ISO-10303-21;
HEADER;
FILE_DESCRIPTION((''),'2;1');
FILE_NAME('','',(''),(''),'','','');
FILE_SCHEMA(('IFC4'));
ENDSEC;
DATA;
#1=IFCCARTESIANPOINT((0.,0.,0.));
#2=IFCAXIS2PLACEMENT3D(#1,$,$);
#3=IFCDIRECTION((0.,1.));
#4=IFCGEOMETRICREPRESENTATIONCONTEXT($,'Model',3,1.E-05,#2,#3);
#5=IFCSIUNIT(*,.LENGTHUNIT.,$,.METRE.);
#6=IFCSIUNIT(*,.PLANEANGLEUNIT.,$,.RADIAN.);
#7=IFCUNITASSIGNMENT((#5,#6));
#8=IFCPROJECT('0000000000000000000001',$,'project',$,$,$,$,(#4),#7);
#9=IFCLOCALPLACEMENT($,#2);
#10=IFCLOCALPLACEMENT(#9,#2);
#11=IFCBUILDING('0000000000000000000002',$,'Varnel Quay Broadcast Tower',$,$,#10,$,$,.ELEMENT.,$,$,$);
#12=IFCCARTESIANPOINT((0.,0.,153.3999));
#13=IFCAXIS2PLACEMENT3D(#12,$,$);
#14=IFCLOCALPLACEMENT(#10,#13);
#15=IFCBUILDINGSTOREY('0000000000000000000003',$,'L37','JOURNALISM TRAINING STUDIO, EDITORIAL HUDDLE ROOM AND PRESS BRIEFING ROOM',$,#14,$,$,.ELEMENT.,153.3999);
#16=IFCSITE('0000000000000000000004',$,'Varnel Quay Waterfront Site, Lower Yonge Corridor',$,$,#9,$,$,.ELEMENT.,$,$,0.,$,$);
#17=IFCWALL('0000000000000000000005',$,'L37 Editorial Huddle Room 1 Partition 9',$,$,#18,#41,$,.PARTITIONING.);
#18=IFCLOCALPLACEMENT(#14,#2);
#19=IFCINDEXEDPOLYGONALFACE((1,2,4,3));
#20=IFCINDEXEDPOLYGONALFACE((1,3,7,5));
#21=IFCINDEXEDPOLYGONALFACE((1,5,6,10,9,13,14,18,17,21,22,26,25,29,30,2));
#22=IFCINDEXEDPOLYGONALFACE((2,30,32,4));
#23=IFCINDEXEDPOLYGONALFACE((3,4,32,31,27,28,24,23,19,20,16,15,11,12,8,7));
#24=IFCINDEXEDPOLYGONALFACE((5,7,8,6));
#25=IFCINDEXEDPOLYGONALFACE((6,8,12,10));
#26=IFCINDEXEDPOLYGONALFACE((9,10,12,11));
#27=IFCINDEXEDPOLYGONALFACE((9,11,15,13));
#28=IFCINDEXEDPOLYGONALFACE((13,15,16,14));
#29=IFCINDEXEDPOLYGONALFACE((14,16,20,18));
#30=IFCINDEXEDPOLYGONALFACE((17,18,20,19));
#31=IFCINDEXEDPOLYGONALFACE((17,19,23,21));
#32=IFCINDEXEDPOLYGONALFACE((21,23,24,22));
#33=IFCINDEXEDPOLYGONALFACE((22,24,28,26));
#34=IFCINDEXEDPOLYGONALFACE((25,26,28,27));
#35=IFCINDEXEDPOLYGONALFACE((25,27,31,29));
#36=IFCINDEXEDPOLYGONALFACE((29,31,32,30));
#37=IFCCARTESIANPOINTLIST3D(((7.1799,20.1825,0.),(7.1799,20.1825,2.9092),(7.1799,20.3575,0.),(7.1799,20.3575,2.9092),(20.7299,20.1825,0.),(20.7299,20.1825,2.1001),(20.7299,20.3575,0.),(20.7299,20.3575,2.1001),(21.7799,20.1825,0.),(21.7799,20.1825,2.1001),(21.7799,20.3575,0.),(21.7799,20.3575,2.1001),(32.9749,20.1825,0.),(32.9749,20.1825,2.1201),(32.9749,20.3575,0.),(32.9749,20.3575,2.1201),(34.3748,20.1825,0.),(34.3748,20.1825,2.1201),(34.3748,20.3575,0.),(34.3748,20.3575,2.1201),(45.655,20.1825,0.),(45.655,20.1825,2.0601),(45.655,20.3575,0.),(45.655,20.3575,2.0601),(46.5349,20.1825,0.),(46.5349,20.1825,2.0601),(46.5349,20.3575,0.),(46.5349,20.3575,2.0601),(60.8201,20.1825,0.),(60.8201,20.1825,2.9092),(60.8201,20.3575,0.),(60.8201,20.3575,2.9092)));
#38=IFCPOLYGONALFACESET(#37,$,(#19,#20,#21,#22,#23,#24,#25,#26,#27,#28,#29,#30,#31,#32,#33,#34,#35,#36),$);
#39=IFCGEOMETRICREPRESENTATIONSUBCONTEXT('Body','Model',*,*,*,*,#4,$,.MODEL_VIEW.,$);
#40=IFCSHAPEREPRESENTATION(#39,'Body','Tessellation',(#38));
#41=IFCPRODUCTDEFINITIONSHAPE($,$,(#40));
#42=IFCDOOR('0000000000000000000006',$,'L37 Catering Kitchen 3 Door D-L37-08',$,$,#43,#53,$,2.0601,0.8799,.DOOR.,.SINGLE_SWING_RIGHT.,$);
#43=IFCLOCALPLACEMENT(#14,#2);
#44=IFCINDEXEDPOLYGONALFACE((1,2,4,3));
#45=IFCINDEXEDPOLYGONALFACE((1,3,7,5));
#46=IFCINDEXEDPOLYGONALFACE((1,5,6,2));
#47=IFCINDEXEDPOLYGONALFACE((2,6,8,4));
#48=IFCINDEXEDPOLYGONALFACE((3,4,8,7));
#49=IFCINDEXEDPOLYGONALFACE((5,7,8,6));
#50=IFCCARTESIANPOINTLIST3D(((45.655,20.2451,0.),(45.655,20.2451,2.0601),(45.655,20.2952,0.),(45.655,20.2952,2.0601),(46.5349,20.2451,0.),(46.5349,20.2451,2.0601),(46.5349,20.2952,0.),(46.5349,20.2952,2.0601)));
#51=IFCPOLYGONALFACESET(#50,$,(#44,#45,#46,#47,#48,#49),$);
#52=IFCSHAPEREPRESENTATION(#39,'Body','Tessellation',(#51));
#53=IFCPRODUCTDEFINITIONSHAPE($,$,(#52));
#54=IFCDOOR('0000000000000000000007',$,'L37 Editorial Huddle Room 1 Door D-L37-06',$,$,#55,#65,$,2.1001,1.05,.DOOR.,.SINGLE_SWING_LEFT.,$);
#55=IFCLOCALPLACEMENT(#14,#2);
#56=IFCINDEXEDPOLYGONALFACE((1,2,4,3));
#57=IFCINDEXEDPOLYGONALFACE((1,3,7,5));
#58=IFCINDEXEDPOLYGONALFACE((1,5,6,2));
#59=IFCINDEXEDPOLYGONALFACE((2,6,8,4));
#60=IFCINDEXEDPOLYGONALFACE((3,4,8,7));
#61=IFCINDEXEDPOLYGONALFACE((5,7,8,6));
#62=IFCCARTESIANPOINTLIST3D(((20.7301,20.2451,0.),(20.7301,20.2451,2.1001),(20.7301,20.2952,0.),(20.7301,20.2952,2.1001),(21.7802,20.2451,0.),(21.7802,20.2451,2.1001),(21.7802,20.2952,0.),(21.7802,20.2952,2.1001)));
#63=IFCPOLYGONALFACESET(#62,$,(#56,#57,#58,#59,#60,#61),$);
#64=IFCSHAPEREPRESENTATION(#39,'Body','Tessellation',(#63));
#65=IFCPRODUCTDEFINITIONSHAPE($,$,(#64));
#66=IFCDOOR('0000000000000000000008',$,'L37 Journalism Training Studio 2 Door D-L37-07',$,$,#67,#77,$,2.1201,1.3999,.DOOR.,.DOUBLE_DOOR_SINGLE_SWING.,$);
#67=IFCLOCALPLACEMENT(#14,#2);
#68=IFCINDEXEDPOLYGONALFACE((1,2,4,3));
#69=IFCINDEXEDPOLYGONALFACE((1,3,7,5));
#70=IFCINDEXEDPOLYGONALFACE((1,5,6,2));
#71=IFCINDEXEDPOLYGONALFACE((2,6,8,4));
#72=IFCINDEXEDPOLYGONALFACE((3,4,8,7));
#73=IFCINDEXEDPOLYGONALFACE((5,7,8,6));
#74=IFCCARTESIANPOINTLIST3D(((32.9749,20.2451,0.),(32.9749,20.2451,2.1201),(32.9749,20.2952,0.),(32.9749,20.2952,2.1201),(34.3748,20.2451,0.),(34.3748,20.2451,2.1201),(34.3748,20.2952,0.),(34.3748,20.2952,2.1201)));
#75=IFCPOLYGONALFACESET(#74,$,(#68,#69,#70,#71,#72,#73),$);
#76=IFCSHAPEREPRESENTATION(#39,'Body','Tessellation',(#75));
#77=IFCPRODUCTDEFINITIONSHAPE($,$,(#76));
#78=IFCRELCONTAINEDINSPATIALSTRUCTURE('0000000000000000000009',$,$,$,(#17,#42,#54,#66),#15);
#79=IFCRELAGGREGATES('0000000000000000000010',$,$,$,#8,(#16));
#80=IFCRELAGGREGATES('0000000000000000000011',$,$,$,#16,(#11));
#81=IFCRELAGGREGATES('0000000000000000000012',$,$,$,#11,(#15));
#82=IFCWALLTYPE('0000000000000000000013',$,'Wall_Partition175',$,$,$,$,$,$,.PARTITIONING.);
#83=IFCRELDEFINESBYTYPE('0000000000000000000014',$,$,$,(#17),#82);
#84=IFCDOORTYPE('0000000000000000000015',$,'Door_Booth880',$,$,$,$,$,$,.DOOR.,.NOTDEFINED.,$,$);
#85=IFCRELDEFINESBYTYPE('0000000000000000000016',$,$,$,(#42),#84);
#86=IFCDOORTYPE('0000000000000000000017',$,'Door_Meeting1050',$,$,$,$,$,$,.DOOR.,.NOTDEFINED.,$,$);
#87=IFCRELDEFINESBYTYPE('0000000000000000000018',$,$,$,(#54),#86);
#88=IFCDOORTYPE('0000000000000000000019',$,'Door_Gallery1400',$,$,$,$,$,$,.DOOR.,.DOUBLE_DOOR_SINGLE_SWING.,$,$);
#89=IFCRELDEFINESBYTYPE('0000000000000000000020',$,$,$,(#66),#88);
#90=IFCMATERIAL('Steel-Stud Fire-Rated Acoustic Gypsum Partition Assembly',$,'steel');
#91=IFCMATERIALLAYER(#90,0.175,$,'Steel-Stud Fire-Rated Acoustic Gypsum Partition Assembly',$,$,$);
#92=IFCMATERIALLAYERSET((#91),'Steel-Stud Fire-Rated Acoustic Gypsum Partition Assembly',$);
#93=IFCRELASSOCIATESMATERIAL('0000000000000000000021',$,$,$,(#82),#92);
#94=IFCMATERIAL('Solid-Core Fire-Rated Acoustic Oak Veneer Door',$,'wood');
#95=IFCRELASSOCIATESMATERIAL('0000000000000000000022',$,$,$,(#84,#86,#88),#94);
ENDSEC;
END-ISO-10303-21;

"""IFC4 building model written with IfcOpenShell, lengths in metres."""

from ifc_helpers import new_model, si_unit, direction, frame, frame_2d, origin, place, context, subcontext, project, spatial, rectangle, extrude, source, transform, mapped, material, layer, layer_set, type_object, type_shapes, element, fill, save


model = new_model("IFC4")

# Units and contexts
model_context = context("Model", 3, precision=1e-05, world=origin(), true_north=direction((0.0, 1.0)))
body_context = subcontext(model_context, "Body", "Model", "MODEL_VIEW")
ifc_project = project(units=[si_unit("LENGTHUNIT", "METRE"), si_unit("PLANEANGLEUNIT", "RADIAN")], contexts=[model_context])

# Site, building, storey
site_placement = place(None, origin())
site = spatial("IfcSite", under=ifc_project, at=site_placement, Name="Varnel Quay Waterfront Site, Lower Yonge Corridor", CompositionType="ELEMENT", RefElevation=0.0)
building_placement = place(site_placement, origin())
building = spatial("IfcBuilding", under=site, at=building_placement, Name="Varnel Quay Broadcast Tower", CompositionType="ELEMENT")
storey_placement = place(building_placement, frame((0.0, 0.0, 153.3999)))
storey = spatial("IfcBuildingStorey", under=building, at=storey_placement, Name="L37", Description="JOURNALISM TRAINING STUDIO, EDITORIAL HUDDLE ROOM AND PRESS BRIEFING ROOM", CompositionType="ELEMENT", Elevation=153.3999)

# Shared definitions
ifc_material_1 = material(Name="Steel-Stud Fire-Rated Acoustic Gypsum Partition Assembly", Category="steel")
ifc_material_2 = material(Name="Solid-Core Fire-Rated Acoustic Oak Veneer Door", Category="wood")

# Wall, openings, doors
ifc_layer_1 = layer(ifc_material_1, 0.175, Name="Steel-Stud Fire-Rated Acoustic Gypsum Partition Assembly")
ifc_layer_set_1 = layer_set([ifc_layer_1], Name="Steel-Stud Fire-Rated Acoustic Gypsum Partition Assembly")
wall_type_1 = type_object("IfcWallType", Name="Wall_Partition175", PredefinedType="PARTITIONING", material=ifc_layer_set_1)
wall_1_placement = place(storey_placement, frame((7.1799, 20.27, 0.0), z_axis=(0.0, 0.0, 1.0), x_axis=(1.0, 0.0, 0.0)))
wall_1 = element("IfcWall", 1, at=wall_1_placement, inside=storey, type_object=wall_type_1, Name="L37 Editorial Huddle Room 1 Partition 9", PredefinedType="PARTITIONING", context=body_context, shape_type="SweptSolid", body=[
    extrude(rectangle(XDim=53.6401, YDim=0.175, at=frame_2d((26.8201, 0.0))), origin(), (0.0, 0.0, 1.0), 2.9092),
])
opening_1_placement = place(wall_1_placement, frame((13.55, 0.0, 0.0)))
opening_1 = element("IfcOpeningElement", 2, at=opening_1_placement, cuts=wall_1, PredefinedType="OPENING", context=body_context, shape_type="SweptSolid", body=[
    extrude(rectangle(XDim=1.05, YDim=2.1001, at=frame_2d((0.5249, 1.05))), frame((0.0, 0.0977, 0.0), z_axis=(0.0, -1.0, 0.0), x_axis=(1.0, 0.0, 0.0)), (0.0, 0.0, 1.0), 0.1951),
])
opening_2_placement = place(wall_1_placement, frame((25.7949, 0.0, 0.0)))
opening_2 = element("IfcOpeningElement", 3, at=opening_2_placement, cuts=wall_1, PredefinedType="OPENING", context=body_context, shape_type="SweptSolid", body=[
    extrude(rectangle(XDim=1.3999, YDim=2.1201, at=frame_2d((0.7, 1.0601))), frame((0.0, 0.0977, 0.0), z_axis=(0.0, -1.0, 0.0), x_axis=(1.0, 0.0, 0.0)), (0.0, 0.0, 1.0), 0.1951),
])
opening_3_placement = place(wall_1_placement, frame((38.4751, 0.0, 0.0)))
opening_3 = element("IfcOpeningElement", 4, at=opening_3_placement, cuts=wall_1, PredefinedType="OPENING", context=body_context, shape_type="SweptSolid", body=[
    extrude(rectangle(XDim=0.8799, YDim=2.0601, at=frame_2d((0.4399, 1.03))), frame((0.0, 0.0977, 0.0), z_axis=(0.0, -1.0, 0.0), x_axis=(1.0, 0.0, 0.0)), (0.0, 0.0, 1.0), 0.1951),
])
door_type_1 = type_object("IfcDoorType", Name="Door_Booth880", OperationType="NOTDEFINED", PredefinedType="DOOR", material=ifc_material_2)
shared_shape_1 = source(origin(), body_context, "Body", "SweptSolid", [
    extrude(rectangle(XDim=0.8799, YDim=2.0601, at=frame_2d((0.4399, 1.03))), frame((0.0, 0.0249, 0.0), z_axis=(0.0, -1.0, 0.0), x_axis=(1.0, 0.0, 0.0)), (0.0, 0.0, 1.0), 0.05),
])
type_shapes(door_type_1, [shared_shape_1])
door_1_placement = place(opening_3_placement, frame((0.8799, 0.0, 0.0), z_axis=(0.0, 0.0, 1.0), x_axis=(-1.0, 0.0, 0.0)))
door_1 = element("IfcDoor", 5, at=door_1_placement, inside=storey, type_object=door_type_1, Name="L37 Catering Kitchen 3 Door D-L37-08", OperationType="SINGLE_SWING_RIGHT", OverallHeight=2.0601, OverallWidth=0.8799, PredefinedType="DOOR", context=body_context, shape_type="MappedRepresentation", body=[
    mapped(shared_shape_1, transform((0.0, 0.0, 0.0), x_axis=(1.0, 0.0, 0.0), y_axis=(0.0, 1.0, 0.0), z_axis=(0.0, 0.0, 1.0), scale=1.0)),
])
fill(opening_3, door_1)
door_type_2 = type_object("IfcDoorType", Name="Door_Meeting1050", OperationType="NOTDEFINED", PredefinedType="DOOR", material=ifc_material_2)
shared_shape_2 = source(origin(), body_context, "Body", "SweptSolid", [
    extrude(rectangle(XDim=1.05, YDim=2.1001, at=frame_2d((0.5249, 1.05))), frame((0.0, 0.0249, 0.0), z_axis=(0.0, -1.0, 0.0), x_axis=(1.0, 0.0, 0.0)), (0.0, 0.0, 1.0), 0.05),
])
type_shapes(door_type_2, [shared_shape_2])
door_2_placement = place(opening_1_placement, frame((1.05, 0.0, 0.0), z_axis=(0.0, 0.0, 1.0), x_axis=(-1.0, 0.0, 0.0)))
door_2 = element("IfcDoor", 6, at=door_2_placement, inside=storey, type_object=door_type_2, Name="L37 Editorial Huddle Room 1 Door D-L37-06", OperationType="SINGLE_SWING_LEFT", OverallHeight=2.1001, OverallWidth=1.05, PredefinedType="DOOR", context=body_context, shape_type="MappedRepresentation", body=[
    mapped(shared_shape_2, transform((0.0, 0.0, 0.0), x_axis=(1.0, 0.0, 0.0), y_axis=(0.0, 1.0, 0.0), z_axis=(0.0, 0.0, 1.0), scale=1.0)),
])
fill(opening_1, door_2)
door_type_3 = type_object("IfcDoorType", Name="Door_Gallery1400", OperationType="DOUBLE_DOOR_SINGLE_SWING", PredefinedType="DOOR", material=ifc_material_2)
shared_shape_3 = source(origin(), body_context, "Body", "SweptSolid", [
    extrude(rectangle(XDim=1.3999, YDim=2.1201, at=frame_2d((0.7, 1.0601))), frame((0.0, 0.0249, 0.0), z_axis=(0.0, -1.0, 0.0), x_axis=(1.0, 0.0, 0.0)), (0.0, 0.0, 1.0), 0.05),
])
type_shapes(door_type_3, [shared_shape_3])
door_3_placement = place(opening_2_placement, frame((1.3999, 0.0, 0.0), z_axis=(0.0, 0.0, 1.0), x_axis=(-1.0, 0.0, 0.0)))
door_3 = element("IfcDoor", 7, at=door_3_placement, inside=storey, type_object=door_type_3, Name="L37 Journalism Training Studio 2 Door D-L37-07", OperationType="DOUBLE_DOOR_SINGLE_SWING", OverallHeight=2.1201, OverallWidth=1.3999, PredefinedType="DOOR", context=body_context, shape_type="MappedRepresentation", body=[
    mapped(shared_shape_3, transform((0.0, 0.0, 0.0), x_axis=(1.0, 0.0, 0.0), y_axis=(0.0, 1.0, 0.0), z_axis=(0.0, 0.0, 1.0), scale=1.0)),
])
fill(opening_2, door_3)

save(model, "model.ifc")
